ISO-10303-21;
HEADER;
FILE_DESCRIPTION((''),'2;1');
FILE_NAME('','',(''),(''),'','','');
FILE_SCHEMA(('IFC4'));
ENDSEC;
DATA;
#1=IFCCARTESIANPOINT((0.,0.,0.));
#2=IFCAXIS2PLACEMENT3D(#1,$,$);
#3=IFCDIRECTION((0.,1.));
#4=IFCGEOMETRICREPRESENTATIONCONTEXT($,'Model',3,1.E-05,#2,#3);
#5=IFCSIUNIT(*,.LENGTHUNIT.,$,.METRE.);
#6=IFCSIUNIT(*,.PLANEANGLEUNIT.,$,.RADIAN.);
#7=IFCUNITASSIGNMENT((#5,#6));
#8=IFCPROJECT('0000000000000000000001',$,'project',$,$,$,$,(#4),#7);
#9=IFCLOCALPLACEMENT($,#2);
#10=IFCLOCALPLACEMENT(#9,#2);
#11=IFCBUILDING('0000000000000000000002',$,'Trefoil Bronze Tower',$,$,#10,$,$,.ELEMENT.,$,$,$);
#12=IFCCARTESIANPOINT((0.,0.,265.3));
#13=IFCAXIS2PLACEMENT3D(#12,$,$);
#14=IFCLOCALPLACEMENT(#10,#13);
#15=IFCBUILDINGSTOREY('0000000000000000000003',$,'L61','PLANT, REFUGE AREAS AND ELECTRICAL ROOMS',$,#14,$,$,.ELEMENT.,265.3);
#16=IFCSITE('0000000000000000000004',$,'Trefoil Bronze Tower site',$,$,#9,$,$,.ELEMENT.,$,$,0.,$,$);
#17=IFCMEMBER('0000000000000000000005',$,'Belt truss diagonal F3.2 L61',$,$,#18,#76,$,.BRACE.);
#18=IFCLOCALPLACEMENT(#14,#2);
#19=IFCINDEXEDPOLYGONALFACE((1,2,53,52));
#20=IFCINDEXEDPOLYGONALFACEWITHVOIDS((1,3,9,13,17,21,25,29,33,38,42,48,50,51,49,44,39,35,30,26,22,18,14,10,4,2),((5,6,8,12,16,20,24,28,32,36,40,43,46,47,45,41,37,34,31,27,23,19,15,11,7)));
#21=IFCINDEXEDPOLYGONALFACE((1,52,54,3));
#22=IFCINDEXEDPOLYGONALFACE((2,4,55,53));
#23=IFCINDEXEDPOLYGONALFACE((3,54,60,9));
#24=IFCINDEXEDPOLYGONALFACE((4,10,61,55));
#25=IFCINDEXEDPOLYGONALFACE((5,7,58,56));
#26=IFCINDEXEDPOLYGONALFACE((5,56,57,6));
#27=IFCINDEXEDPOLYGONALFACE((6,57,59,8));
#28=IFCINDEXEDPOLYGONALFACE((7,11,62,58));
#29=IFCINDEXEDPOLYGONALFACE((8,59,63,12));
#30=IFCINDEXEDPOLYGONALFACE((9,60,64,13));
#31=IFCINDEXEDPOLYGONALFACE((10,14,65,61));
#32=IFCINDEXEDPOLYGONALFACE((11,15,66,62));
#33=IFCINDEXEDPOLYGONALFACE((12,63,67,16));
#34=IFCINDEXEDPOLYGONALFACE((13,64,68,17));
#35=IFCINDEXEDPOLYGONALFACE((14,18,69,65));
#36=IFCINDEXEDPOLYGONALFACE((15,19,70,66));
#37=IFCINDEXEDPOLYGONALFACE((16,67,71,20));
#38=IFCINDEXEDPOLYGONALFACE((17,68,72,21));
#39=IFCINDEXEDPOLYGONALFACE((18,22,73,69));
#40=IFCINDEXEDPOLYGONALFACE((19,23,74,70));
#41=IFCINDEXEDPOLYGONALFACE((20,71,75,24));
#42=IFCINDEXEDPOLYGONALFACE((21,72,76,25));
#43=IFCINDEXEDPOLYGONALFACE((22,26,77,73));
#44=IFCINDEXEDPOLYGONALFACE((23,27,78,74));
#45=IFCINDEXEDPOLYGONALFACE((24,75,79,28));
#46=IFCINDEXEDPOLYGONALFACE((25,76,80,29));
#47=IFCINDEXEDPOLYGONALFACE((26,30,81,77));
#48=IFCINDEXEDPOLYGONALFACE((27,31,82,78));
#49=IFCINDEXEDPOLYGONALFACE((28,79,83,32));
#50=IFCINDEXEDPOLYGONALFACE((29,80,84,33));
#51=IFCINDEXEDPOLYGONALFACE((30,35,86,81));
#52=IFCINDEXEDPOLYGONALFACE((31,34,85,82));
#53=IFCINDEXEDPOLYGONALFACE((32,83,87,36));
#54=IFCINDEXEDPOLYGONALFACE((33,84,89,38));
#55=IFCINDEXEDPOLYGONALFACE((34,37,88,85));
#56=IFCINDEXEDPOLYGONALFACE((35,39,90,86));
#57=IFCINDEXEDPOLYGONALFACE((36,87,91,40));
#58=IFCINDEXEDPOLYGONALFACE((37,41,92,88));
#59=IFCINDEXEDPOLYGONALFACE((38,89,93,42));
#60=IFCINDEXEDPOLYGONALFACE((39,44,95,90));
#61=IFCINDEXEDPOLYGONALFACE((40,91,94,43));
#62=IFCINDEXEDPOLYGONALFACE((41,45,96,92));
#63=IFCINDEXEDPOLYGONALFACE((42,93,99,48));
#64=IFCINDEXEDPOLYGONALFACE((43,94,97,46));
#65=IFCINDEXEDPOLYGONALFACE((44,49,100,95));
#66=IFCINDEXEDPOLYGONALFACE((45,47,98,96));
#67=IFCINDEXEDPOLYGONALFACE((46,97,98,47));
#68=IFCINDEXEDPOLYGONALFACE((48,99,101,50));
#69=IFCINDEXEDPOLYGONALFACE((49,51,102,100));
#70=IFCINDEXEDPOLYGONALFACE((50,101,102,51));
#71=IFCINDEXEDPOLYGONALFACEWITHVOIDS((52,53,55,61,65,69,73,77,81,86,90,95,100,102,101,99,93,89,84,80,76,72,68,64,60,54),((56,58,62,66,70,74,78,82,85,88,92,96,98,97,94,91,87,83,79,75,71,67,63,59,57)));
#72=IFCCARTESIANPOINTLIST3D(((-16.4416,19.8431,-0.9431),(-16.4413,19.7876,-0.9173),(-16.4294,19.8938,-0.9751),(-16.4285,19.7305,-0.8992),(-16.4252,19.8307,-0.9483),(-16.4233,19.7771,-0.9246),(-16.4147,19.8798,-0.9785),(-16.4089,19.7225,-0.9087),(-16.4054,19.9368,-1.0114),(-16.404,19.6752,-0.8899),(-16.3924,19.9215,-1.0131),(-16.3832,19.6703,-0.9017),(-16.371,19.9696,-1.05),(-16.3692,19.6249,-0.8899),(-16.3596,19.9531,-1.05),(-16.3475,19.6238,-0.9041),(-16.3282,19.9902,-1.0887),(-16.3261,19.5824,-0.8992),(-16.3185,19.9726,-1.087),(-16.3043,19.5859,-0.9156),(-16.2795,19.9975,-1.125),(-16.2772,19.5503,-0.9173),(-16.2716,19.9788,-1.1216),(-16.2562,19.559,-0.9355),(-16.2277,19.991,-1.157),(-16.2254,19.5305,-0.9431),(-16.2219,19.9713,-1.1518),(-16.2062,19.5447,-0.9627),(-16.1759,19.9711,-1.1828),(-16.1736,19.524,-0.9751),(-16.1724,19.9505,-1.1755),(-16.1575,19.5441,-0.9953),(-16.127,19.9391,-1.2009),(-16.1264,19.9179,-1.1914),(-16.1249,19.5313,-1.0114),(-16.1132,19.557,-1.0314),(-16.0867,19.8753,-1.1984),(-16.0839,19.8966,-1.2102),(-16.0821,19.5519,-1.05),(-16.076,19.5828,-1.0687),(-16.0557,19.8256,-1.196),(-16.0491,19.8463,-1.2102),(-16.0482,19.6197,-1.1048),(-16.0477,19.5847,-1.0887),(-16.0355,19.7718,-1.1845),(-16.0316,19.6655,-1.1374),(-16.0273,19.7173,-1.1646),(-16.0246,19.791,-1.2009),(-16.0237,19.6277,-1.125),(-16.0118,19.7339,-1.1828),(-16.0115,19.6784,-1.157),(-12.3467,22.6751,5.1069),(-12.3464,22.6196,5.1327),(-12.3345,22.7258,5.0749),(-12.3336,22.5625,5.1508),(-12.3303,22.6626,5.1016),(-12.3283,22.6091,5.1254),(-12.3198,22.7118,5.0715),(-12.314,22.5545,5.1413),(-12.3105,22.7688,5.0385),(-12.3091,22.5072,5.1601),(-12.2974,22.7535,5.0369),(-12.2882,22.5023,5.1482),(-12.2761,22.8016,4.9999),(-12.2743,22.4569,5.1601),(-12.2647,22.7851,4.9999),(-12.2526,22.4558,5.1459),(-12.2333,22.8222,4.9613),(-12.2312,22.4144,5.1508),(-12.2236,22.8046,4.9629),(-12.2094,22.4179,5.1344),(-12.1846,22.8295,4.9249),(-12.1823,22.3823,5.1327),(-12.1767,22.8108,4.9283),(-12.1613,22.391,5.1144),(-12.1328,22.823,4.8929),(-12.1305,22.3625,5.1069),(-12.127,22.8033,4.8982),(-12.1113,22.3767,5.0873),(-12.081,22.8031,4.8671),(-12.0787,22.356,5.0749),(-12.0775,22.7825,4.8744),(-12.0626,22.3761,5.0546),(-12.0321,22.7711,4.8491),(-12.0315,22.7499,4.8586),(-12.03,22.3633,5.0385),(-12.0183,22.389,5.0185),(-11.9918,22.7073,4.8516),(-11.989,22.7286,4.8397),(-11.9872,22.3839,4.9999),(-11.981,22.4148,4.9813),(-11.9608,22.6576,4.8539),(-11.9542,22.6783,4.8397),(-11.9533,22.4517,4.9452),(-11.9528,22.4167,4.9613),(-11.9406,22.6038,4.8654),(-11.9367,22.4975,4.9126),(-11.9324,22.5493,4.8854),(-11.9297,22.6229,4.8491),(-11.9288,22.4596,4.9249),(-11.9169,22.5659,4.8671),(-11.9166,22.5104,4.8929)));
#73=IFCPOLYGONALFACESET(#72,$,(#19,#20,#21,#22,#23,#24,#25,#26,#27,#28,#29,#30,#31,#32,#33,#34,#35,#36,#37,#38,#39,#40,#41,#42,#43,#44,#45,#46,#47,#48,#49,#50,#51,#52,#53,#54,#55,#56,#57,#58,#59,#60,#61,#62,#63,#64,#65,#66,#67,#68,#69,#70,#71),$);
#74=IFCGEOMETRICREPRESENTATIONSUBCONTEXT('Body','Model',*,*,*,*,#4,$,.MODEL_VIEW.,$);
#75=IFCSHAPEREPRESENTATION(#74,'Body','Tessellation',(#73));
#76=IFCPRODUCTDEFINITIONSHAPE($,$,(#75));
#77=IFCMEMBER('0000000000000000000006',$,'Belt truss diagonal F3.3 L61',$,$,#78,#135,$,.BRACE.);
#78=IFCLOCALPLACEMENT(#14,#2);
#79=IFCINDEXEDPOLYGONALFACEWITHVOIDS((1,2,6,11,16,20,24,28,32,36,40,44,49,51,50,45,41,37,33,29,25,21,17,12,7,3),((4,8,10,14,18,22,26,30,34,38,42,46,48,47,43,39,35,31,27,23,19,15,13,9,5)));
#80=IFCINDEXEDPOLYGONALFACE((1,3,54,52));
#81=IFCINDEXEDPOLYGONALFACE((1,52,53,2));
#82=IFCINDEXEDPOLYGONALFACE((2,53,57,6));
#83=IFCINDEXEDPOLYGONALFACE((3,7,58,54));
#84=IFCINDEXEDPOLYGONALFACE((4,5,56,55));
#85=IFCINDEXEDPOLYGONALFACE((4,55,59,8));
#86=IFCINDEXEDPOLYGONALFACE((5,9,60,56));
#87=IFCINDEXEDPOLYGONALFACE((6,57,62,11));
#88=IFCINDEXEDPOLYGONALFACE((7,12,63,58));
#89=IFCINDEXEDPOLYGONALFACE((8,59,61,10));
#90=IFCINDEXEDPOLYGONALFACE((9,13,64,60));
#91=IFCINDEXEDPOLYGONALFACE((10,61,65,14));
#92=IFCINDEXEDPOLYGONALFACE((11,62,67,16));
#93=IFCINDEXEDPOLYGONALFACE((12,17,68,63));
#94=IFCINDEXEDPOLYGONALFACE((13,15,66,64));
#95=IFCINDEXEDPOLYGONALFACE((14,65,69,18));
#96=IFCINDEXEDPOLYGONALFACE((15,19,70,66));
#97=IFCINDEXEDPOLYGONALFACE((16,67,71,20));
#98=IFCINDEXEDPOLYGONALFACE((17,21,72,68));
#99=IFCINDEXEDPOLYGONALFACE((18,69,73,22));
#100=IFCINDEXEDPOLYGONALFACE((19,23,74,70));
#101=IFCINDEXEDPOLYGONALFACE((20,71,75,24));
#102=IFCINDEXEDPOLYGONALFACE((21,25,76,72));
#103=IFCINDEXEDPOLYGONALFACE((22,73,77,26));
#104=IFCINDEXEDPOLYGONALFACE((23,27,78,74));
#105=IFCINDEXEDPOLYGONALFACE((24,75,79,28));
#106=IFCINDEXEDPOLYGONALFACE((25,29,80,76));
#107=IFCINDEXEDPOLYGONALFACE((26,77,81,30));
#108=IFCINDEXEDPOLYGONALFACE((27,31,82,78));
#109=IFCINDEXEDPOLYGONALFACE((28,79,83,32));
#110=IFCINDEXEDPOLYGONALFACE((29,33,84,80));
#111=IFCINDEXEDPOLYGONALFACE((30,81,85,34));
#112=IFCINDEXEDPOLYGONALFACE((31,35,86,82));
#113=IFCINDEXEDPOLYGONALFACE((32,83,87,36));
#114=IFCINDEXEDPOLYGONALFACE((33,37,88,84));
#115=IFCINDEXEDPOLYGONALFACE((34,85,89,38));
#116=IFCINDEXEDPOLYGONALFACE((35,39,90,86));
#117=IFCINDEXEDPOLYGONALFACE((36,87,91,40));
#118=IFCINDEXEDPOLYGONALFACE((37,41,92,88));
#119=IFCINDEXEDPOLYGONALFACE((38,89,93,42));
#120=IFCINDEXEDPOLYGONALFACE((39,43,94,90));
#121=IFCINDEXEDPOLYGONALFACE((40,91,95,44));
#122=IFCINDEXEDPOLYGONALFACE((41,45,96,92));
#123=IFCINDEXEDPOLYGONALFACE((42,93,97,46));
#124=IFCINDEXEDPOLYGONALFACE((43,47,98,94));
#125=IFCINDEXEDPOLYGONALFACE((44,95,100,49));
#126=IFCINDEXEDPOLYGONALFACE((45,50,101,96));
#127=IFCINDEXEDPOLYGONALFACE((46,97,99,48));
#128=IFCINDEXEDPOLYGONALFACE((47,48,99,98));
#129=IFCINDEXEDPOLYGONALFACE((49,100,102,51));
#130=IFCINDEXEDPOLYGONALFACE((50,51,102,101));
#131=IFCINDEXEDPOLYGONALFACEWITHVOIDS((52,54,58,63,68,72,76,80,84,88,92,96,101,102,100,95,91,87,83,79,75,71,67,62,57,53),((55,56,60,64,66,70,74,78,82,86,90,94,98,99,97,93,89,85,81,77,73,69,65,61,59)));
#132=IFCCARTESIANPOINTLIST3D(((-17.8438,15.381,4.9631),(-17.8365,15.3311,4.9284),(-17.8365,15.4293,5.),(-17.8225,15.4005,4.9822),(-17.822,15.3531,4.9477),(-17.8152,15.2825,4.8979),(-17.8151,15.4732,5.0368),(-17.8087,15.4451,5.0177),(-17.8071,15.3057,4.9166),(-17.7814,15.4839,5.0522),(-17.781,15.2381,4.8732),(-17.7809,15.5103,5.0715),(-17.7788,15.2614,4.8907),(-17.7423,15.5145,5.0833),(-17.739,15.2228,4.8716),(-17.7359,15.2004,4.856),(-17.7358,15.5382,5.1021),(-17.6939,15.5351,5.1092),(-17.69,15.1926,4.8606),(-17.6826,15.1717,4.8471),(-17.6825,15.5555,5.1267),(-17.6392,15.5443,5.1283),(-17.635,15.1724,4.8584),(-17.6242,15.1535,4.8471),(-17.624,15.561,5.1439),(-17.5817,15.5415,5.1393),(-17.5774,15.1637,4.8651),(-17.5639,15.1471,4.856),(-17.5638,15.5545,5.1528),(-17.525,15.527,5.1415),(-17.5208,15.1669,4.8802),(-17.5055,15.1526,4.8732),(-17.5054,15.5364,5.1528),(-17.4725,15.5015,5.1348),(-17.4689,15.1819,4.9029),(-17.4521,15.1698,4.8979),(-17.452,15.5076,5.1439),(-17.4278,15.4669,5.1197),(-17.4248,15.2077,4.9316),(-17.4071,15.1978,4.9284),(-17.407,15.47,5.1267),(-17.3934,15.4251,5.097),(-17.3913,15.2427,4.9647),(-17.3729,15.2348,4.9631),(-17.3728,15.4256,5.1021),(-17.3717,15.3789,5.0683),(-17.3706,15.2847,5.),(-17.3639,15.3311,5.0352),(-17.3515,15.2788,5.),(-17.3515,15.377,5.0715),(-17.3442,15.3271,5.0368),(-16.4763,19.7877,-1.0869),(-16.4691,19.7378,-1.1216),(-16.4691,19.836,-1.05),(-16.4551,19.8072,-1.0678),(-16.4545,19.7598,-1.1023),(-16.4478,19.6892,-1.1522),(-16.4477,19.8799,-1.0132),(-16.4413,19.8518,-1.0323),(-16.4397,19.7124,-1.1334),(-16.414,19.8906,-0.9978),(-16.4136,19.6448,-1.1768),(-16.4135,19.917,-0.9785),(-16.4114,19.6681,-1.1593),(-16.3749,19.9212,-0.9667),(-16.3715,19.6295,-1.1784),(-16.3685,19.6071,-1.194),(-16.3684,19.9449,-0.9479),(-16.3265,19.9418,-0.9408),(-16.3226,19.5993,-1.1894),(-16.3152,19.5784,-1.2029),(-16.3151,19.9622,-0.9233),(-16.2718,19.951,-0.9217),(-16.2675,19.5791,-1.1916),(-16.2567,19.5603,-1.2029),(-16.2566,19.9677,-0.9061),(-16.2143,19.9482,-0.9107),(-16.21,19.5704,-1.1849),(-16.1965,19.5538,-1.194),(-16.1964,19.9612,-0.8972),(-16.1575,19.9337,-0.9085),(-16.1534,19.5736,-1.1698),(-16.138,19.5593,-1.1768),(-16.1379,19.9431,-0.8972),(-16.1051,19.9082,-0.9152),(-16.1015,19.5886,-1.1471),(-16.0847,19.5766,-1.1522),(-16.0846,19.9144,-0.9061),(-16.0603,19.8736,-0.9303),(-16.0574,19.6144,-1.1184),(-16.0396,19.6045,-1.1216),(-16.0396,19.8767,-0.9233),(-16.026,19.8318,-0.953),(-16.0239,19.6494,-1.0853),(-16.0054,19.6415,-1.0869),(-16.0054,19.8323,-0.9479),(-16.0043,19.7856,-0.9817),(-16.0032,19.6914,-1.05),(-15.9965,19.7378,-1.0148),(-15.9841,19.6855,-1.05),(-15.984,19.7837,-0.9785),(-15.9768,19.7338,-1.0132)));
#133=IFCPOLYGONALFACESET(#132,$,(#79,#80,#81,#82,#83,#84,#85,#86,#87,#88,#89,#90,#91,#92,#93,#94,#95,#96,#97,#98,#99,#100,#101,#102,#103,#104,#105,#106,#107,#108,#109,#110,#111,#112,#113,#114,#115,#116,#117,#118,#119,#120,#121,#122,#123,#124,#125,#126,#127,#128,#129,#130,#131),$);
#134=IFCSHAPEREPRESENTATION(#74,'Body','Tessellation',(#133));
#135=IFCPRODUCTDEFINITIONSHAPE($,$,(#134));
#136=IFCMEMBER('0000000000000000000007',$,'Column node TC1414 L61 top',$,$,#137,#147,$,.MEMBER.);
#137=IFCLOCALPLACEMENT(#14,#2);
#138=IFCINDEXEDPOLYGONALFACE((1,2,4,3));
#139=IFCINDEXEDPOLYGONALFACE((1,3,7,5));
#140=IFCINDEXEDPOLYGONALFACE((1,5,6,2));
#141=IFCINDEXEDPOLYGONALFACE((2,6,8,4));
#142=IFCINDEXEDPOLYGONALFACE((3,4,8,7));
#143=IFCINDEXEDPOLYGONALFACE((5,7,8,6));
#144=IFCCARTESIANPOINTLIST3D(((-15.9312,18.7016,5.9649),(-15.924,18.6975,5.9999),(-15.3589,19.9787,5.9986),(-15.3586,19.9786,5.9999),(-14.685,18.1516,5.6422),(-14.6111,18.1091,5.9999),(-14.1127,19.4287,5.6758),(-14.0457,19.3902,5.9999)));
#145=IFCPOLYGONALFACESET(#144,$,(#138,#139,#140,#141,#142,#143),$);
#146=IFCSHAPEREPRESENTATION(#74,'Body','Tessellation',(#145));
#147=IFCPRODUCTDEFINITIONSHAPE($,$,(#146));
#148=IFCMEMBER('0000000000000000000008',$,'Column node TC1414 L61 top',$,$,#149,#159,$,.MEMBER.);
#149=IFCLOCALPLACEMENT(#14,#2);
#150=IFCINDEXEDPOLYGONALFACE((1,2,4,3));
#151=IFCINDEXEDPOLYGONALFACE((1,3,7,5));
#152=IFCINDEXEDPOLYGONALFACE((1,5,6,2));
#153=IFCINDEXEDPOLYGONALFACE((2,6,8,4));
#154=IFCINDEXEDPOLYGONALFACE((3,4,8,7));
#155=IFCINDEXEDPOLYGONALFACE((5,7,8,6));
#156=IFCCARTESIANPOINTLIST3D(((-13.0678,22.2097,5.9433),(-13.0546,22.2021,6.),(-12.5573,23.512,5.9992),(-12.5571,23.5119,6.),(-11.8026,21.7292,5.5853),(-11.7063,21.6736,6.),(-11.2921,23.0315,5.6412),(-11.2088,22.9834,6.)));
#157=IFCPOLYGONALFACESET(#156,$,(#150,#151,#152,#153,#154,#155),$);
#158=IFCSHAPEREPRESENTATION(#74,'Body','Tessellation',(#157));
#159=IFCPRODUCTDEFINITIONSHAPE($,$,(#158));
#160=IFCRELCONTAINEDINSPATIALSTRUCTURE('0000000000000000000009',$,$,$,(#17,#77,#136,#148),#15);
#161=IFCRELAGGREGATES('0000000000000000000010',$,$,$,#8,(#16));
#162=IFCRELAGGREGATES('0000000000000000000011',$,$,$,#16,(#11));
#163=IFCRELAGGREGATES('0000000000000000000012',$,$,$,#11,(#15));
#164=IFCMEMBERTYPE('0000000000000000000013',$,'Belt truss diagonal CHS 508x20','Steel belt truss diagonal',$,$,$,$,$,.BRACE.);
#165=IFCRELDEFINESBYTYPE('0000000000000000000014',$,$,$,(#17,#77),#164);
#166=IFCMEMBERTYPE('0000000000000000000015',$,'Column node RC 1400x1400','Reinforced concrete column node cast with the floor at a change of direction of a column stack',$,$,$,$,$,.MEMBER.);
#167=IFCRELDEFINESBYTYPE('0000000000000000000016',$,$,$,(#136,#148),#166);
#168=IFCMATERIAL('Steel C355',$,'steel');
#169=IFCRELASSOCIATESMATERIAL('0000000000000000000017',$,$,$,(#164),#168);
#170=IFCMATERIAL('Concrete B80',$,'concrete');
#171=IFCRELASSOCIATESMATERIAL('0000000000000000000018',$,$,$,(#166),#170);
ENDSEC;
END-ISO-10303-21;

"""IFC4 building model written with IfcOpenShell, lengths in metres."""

from ifc_helpers import new_model, si_unit, direction, frame, origin, origin_2d, place, context, subcontext, project, spatial, rectangle, hollow_circle, extrude, clip, halfspace, material, material_profile, profile_set, type_object, element, save


model = new_model("IFC4")

# Units and contexts
model_context = context("Model", 3, precision=1e-05, world=origin(), true_north=direction((0.0, 1.0)))
body_context = subcontext(model_context, "Body", "Model", "MODEL_VIEW")
ifc_project = project(units=[si_unit("LENGTHUNIT", "METRE"), si_unit("PLANEANGLEUNIT", "RADIAN")], contexts=[model_context])

# Site, building, storey
site_placement = place(None, origin())
site = spatial("IfcSite", under=ifc_project, at=site_placement, Name="Trefoil Bronze Tower site", CompositionType="ELEMENT", RefElevation=0.0)
building_placement = place(site_placement, origin())
building = spatial("IfcBuilding", under=site, at=building_placement, Name="Trefoil Bronze Tower", CompositionType="ELEMENT")
storey_placement = place(building_placement, frame((0.0, 0.0, 265.3)))
storey = spatial("IfcBuildingStorey", under=building, at=storey_placement, Name="L61", Description="PLANT, REFUGE AREAS AND ELECTRICAL ROOMS", CompositionType="ELEMENT", Elevation=265.3)

# Members
ifc_material_1 = material(Name="Steel C355", Category="steel")
ifc_material_profile_1 = material_profile(ifc_material_1, hollow_circle(Radius=0.2539, WallThickness=0.02, at=origin_2d()), Name="CHS 508x20")
ifc_profile_set_1 = profile_set([ifc_material_profile_1], Name="Steel C355")
member_type_1 = type_object("IfcMemberType", Name="Belt truss diagonal CHS 508x20", Description="Steel belt truss diagonal", PredefinedType="BRACE", material=ifc_profile_set_1)
member_1_placement = place(storey_placement, frame((-16.2266, 19.7607, -1.05), z_axis=(0.52263, 0.361444, 0.772151), x_axis=(-0.56881, 0.822469, 0.0)))
element("IfcMember", 1, at=member_1_placement, inside=storey, type_object=member_type_1, Name="Belt truss diagonal F3.2 L61", PredefinedType="BRACE", context=body_context, shape_type="SweptSolid", body=[
    extrude(hollow_circle(Radius=0.2539, WallThickness=0.02, at=origin_2d()), origin(), (0.0, 0.0, 1.0), 7.8352),
])
member_2_placement = place(storey_placement, frame((-16.2266, 19.7607, -1.05), z_axis=(-0.17972, -0.579171, 0.795149), x_axis=(0.955075, -0.296364, 0.0)))
element("IfcMember", 2, at=member_2_placement, inside=storey, type_object=member_type_1, Name="Belt truss diagonal F3.3 L61", PredefinedType="BRACE", context=body_context, shape_type="SweptSolid", body=[
    extrude(hollow_circle(Radius=0.2539, WallThickness=0.02, at=origin_2d()), origin(), (0.0, 0.0, 1.0), 7.6086),
])
ifc_material_2 = material(Name="Concrete B80", Category="concrete")
ifc_material_profile_2 = material_profile(ifc_material_2, rectangle(XDim=1.3999, YDim=1.3999, at=origin_2d()), Name="RC 1400x1400")
ifc_profile_set_2 = profile_set([ifc_material_profile_2], Name="Concrete B80")
member_type_2 = type_object("IfcMemberType", Name="Column node RC 1400x1400", Description="Reinforced concrete column node cast with the floor at a change of direction of a column stack", PredefinedType="MEMBER", material=ifc_profile_set_2)
member_3_placement = place(storey_placement, frame((-14.9478, 19.0225, 6.1797), z_axis=(-0.200897, 0.115648, -0.972762), x_axis=(0.408842, 0.912289, 0.024024)))
element("IfcMember", 3, at=member_3_placement, inside=storey, type_object=member_type_2, Name="Column node TC1414 L61 top", PredefinedType="MEMBER", context=body_context, shape_type="Clipping", body=[
    clip(extrude(rectangle(XDim=1.3999, YDim=1.3999, at=origin_2d()), origin(), (0.0, 0.0, 1.0), 0.3694), halfspace(frame((0.0, 0.0, 0.1848), z_axis=(-0.024024, 0.230557, 0.972762), x_axis=(0.0, 0.973043, -0.230624)), True)),
])
member_4_placement = place(storey_placement, frame((-12.0835, 22.5649, 6.2078), z_axis=(-0.224171, 0.129395, -0.965921), x_axis=(0.364655, 0.930284, 0.039992)))
element("IfcMember", 4, at=member_4_placement, inside=storey, type_object=member_type_2, Name="Column node TC1414 L61 top", PredefinedType="MEMBER", context=body_context, shape_type="Clipping", body=[
    clip(extrude(rectangle(XDim=1.3999, YDim=1.3999, at=origin_2d()), origin(), (0.0, 0.0, 1.0), 0.4302), halfspace(frame((0.0, 0.0, 0.2151), z_axis=(-0.039992, 0.255727, 0.965921), x_axis=(0.0, 0.966695, -0.255932)), True)),
])

save(model, "model.ifc")
